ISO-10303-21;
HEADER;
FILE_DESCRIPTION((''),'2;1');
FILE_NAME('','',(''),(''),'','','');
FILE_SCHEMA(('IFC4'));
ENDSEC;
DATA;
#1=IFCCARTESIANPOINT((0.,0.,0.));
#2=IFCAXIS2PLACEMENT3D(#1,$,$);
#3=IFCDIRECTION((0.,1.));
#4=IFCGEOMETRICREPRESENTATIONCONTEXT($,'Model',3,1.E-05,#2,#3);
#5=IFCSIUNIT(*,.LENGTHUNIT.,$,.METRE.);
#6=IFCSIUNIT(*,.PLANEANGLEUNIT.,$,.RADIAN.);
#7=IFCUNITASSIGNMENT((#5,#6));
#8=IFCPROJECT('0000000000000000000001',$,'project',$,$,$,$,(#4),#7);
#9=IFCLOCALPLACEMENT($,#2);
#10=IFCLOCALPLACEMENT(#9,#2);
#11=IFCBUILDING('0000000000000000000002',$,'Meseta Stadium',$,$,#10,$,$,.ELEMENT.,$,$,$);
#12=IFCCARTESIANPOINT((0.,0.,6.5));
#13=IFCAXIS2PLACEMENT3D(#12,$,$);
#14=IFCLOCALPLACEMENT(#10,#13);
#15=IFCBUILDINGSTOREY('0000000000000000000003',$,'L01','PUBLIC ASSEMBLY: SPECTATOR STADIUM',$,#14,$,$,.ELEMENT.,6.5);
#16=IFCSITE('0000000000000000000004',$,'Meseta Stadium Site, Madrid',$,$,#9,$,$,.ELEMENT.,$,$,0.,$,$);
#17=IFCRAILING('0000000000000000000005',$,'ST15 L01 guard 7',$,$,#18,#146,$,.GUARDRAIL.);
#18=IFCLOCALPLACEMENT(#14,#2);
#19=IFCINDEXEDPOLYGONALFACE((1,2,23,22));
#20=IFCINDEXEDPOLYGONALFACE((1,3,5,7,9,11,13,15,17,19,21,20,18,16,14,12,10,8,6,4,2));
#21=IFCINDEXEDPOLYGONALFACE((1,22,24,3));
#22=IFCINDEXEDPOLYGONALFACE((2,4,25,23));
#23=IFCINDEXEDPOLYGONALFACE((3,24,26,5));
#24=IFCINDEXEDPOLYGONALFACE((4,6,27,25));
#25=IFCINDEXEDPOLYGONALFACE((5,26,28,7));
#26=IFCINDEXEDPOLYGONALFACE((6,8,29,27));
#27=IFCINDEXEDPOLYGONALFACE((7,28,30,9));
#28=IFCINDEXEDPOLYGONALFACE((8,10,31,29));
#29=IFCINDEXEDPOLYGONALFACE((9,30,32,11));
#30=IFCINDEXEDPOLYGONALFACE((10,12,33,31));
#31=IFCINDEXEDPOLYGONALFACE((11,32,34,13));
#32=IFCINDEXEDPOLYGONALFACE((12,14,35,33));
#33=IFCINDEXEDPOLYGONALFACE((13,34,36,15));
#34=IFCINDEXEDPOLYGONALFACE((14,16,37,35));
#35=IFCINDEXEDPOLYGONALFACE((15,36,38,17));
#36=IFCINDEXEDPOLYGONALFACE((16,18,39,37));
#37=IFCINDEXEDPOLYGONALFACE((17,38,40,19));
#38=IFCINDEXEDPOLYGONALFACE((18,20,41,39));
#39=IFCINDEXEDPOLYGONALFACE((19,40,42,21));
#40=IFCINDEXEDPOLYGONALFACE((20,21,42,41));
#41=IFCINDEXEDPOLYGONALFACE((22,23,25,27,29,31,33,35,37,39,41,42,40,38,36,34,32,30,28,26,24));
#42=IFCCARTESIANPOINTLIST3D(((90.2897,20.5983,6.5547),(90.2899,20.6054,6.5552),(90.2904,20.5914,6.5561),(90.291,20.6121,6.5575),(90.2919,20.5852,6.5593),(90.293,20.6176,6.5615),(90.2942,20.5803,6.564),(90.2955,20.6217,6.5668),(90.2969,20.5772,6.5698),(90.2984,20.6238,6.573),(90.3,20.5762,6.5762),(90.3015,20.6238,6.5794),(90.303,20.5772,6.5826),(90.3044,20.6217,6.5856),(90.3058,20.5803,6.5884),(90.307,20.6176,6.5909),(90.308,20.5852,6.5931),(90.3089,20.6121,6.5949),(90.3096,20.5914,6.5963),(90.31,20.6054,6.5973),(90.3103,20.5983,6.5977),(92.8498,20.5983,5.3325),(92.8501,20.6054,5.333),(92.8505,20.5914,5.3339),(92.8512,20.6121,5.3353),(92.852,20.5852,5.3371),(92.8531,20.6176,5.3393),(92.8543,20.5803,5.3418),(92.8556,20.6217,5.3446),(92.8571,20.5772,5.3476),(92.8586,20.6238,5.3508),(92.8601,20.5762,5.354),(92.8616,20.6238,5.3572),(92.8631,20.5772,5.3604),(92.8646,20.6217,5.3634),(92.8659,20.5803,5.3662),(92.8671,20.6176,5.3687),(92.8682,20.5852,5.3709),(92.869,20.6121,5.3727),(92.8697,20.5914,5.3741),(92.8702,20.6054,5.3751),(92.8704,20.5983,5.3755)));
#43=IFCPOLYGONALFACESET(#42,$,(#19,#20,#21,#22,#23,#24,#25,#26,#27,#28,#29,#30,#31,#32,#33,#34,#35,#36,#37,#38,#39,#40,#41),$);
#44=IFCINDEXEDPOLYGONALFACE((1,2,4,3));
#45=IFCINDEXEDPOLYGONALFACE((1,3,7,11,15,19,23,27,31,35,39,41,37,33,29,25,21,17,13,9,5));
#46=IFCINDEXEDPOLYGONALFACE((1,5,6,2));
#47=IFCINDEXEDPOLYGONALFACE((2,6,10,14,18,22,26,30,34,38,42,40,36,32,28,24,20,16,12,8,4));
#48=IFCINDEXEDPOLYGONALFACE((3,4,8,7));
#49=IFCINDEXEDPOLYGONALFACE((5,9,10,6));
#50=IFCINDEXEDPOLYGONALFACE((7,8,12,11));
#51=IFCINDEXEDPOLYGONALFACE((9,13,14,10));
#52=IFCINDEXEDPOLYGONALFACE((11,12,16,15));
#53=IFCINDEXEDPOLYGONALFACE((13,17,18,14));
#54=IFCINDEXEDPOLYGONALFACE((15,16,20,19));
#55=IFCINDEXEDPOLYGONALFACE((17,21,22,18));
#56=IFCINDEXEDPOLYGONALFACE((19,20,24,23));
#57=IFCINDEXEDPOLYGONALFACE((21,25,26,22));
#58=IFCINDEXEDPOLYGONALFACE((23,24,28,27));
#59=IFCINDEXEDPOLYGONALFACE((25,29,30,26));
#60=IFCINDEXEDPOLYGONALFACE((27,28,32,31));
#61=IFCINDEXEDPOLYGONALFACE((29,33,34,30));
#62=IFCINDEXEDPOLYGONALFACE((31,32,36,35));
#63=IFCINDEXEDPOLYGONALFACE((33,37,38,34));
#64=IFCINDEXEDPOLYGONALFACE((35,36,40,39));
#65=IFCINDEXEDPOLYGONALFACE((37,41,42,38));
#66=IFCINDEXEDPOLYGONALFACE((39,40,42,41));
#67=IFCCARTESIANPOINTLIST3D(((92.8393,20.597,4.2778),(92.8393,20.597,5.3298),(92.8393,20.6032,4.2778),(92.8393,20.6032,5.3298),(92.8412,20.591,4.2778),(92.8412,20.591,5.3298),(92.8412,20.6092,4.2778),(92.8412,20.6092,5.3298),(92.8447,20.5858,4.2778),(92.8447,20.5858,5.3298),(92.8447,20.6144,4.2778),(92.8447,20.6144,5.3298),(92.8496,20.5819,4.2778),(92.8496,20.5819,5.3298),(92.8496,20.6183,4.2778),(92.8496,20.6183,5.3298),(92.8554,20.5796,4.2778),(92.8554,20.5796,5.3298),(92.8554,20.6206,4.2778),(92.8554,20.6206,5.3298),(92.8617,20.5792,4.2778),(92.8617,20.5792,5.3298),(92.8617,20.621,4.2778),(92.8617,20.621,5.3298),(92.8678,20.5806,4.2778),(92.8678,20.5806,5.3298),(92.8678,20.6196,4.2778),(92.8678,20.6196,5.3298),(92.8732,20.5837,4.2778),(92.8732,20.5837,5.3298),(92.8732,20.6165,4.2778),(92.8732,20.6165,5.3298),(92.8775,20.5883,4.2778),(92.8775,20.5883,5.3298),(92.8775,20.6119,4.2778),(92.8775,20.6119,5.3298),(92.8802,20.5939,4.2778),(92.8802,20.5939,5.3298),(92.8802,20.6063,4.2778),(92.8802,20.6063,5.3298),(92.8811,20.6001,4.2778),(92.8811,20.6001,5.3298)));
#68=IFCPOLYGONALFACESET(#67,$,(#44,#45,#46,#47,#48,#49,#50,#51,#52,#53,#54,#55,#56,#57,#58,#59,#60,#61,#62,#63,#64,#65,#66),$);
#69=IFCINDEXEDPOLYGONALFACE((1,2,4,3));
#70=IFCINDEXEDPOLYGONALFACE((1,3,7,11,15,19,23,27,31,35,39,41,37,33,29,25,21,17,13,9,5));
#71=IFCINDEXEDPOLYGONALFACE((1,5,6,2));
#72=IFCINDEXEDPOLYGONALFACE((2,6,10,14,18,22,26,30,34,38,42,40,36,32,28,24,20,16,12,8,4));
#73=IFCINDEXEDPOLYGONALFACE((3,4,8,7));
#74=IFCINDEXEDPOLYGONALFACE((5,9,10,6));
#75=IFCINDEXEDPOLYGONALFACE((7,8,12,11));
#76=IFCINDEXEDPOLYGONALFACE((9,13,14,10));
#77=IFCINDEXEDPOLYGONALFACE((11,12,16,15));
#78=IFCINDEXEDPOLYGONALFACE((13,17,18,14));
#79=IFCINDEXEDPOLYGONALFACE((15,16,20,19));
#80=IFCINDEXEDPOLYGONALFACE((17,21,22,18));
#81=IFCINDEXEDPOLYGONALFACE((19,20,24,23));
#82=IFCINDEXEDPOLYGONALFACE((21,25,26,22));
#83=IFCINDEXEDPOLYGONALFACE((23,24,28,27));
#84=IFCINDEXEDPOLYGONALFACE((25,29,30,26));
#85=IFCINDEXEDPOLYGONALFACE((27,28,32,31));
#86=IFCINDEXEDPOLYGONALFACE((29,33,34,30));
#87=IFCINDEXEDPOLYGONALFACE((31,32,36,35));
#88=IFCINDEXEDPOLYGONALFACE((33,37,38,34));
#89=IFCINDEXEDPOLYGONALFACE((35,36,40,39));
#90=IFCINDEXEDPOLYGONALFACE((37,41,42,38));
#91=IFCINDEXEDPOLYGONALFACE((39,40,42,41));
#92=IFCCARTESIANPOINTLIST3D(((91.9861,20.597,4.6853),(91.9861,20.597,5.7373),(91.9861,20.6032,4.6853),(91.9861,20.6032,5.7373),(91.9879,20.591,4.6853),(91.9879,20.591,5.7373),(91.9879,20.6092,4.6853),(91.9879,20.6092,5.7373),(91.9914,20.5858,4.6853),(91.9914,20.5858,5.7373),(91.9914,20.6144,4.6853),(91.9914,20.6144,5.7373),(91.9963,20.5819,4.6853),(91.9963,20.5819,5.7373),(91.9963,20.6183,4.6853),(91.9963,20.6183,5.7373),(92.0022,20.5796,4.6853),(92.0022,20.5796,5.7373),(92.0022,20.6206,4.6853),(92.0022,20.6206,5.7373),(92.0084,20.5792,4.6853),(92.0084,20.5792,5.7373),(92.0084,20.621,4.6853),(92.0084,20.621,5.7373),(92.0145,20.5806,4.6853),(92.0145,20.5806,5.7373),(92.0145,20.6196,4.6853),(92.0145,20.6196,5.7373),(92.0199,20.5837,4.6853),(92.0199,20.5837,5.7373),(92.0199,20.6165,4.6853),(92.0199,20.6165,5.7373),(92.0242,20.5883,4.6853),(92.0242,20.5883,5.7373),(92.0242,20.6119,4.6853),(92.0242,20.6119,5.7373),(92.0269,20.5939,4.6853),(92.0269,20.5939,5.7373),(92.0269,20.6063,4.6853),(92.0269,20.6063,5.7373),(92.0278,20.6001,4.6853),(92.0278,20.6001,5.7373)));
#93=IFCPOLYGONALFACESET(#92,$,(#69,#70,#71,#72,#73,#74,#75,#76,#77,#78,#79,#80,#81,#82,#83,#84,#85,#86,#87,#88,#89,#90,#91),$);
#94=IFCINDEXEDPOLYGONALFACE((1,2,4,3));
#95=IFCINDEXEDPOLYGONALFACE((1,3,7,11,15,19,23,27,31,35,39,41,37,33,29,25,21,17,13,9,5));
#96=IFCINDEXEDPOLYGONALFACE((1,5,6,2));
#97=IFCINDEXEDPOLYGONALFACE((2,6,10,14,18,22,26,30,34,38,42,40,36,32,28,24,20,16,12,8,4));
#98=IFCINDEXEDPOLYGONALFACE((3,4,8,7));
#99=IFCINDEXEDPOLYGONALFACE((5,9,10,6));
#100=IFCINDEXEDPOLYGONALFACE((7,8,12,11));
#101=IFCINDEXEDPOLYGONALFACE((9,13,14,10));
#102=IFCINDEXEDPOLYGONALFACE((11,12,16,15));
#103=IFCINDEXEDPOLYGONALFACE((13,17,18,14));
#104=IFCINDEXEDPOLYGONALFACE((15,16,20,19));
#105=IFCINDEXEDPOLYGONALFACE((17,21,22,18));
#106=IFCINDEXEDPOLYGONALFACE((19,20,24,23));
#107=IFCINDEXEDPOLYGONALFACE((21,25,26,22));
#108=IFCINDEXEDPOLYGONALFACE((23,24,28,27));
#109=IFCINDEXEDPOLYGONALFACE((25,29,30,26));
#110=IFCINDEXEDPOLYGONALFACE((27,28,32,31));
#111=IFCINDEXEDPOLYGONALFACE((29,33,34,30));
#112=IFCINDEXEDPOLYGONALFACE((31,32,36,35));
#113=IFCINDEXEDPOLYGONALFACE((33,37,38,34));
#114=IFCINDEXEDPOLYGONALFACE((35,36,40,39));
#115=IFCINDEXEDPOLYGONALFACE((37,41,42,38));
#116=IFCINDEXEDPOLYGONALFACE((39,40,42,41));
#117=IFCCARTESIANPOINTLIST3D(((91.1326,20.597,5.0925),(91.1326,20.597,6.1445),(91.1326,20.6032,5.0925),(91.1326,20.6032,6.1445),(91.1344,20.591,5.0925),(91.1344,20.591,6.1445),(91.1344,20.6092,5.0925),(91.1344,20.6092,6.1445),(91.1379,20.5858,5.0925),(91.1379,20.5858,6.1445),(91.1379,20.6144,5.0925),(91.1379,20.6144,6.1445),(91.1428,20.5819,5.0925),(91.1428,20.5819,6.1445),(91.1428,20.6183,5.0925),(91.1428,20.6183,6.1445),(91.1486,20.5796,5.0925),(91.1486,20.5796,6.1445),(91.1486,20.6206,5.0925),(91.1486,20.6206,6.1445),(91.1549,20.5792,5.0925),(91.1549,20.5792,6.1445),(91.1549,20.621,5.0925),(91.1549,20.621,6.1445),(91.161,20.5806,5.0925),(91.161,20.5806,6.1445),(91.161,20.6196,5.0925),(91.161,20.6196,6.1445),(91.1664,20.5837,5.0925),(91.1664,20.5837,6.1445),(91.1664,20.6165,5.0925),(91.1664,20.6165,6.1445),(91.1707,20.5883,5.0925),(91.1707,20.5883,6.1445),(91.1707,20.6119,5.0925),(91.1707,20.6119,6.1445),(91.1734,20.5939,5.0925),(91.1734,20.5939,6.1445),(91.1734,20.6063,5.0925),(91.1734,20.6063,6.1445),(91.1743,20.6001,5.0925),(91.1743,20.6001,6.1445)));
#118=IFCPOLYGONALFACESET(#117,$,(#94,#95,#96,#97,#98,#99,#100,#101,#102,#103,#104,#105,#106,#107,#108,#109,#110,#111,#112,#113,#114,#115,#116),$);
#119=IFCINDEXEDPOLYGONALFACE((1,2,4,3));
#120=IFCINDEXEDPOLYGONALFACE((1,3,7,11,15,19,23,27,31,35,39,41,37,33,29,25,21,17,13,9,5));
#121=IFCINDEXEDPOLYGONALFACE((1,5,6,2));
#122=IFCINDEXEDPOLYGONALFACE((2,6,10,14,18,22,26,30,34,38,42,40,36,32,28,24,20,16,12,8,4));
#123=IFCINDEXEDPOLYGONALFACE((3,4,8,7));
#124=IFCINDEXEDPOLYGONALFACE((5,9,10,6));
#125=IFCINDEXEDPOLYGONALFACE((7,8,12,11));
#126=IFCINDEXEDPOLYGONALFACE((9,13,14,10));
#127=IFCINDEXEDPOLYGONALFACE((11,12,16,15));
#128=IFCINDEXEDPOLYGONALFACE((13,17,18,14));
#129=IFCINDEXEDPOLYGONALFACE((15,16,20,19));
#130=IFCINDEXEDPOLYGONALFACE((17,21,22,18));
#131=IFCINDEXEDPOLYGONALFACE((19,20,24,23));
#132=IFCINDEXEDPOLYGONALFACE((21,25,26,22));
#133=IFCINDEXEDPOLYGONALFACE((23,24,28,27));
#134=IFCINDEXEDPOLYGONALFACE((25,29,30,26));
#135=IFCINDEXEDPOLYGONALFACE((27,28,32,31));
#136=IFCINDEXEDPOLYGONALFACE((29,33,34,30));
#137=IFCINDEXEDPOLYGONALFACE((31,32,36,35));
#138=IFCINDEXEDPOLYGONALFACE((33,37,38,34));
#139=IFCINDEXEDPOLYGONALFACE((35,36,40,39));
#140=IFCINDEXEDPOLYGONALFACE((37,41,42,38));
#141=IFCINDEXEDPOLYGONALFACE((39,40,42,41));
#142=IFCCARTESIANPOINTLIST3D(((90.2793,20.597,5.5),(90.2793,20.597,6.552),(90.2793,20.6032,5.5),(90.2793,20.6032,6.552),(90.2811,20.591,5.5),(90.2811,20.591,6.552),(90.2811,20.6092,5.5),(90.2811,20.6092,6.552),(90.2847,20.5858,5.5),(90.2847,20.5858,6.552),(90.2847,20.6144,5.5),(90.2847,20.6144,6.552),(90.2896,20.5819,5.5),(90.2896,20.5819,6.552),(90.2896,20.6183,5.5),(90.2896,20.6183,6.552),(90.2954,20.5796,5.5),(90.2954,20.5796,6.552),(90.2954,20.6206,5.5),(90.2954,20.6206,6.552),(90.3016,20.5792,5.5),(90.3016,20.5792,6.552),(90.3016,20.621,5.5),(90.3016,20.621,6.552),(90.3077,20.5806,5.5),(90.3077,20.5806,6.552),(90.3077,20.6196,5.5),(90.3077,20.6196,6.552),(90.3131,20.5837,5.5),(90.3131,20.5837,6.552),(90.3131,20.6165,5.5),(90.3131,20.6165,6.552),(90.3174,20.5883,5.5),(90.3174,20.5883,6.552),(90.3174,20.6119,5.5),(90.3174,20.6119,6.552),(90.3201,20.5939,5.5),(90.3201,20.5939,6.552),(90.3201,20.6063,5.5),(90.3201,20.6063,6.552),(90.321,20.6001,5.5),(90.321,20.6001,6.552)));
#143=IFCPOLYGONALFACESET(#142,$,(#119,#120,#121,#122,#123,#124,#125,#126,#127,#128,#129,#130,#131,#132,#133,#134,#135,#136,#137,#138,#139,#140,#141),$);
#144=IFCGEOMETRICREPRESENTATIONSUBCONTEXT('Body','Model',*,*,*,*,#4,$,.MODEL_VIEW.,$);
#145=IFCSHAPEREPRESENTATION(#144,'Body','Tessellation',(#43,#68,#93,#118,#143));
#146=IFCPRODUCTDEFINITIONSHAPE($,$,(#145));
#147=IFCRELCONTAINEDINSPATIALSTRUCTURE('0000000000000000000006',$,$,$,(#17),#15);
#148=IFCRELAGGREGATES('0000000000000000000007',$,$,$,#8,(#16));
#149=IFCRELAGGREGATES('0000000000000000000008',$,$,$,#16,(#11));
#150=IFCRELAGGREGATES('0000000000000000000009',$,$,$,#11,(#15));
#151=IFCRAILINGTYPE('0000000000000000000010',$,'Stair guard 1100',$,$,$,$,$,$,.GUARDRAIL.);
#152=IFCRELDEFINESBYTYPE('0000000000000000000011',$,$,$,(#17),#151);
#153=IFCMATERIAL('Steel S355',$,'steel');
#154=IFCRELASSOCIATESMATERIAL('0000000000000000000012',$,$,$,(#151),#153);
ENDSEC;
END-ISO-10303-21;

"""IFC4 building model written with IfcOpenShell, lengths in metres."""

from ifc_helpers import new_model, si_unit, direction, frame, origin, origin_2d, place, context, subcontext, project, spatial, circle, extrude, material, type_object, element, save


model = new_model("IFC4")

# Units and contexts
model_context = context("Model", 3, precision=1e-05, world=origin(), true_north=direction((0.0, 1.0)))
body_context = subcontext(model_context, "Body", "Model", "MODEL_VIEW")
ifc_project = project(units=[si_unit("LENGTHUNIT", "METRE"), si_unit("PLANEANGLEUNIT", "RADIAN")], contexts=[model_context])

# Site, building, storey
site_placement = place(None, origin())
site = spatial("IfcSite", under=ifc_project, at=site_placement, Name="Meseta Stadium Site, Madrid", CompositionType="ELEMENT", RefElevation=0.0)
building_placement = place(site_placement, origin())
building = spatial("IfcBuilding", under=site, at=building_placement, Name="Meseta Stadium", CompositionType="ELEMENT")
storey_placement = place(building_placement, frame((0.0, 0.0, 6.5)))
storey = spatial("IfcBuildingStorey", under=building, at=storey_placement, Name="L01", Description="PUBLIC ASSEMBLY: SPECTATOR STADIUM", CompositionType="ELEMENT", Elevation=6.5)

# Railing
ifc_material_1 = material(Name="Steel S355", Category="steel")
railing_type_1 = type_object("IfcRailingType", Name="Stair guard 1100", PredefinedType="GUARDRAIL", material=ifc_material_1)
railing_1_placement = place(storey_placement, frame((92.8601, 20.6001, 4.2778)))
element("IfcRailing", 1, at=railing_1_placement, inside=storey, type_object=railing_type_1, Name="ST15 L01 guard 7", PredefinedType="GUARDRAIL", context=body_context, shape_type="SweptSolid", body=[
    extrude(circle(Radius=0.0239, at=origin_2d()), frame((0.0, 0.0, 1.0762), z_axis=(-0.902437, 0.0, 0.430822), x_axis=(0.0, -1.0, 0.0)), (0.0, 0.0, 1.0), 2.8369),
    extrude(circle(Radius=0.021, at=origin_2d()), origin(), (0.0, 0.0, 1.0), 1.052),
    extrude(circle(Radius=0.021, at=origin_2d()), frame((-0.8533, 0.0, 0.4075)), (0.0, 0.0, 1.0), 1.052),
    extrude(circle(Radius=0.021, at=origin_2d()), frame((-1.7068, 0.0, 0.8147)), (0.0, 0.0, 1.0), 1.052),
    extrude(circle(Radius=0.021, at=origin_2d()), frame((-2.5601, 0.0, 1.2222)), (0.0, 0.0, 1.0), 1.052),
])

save(model, "model.ifc")
